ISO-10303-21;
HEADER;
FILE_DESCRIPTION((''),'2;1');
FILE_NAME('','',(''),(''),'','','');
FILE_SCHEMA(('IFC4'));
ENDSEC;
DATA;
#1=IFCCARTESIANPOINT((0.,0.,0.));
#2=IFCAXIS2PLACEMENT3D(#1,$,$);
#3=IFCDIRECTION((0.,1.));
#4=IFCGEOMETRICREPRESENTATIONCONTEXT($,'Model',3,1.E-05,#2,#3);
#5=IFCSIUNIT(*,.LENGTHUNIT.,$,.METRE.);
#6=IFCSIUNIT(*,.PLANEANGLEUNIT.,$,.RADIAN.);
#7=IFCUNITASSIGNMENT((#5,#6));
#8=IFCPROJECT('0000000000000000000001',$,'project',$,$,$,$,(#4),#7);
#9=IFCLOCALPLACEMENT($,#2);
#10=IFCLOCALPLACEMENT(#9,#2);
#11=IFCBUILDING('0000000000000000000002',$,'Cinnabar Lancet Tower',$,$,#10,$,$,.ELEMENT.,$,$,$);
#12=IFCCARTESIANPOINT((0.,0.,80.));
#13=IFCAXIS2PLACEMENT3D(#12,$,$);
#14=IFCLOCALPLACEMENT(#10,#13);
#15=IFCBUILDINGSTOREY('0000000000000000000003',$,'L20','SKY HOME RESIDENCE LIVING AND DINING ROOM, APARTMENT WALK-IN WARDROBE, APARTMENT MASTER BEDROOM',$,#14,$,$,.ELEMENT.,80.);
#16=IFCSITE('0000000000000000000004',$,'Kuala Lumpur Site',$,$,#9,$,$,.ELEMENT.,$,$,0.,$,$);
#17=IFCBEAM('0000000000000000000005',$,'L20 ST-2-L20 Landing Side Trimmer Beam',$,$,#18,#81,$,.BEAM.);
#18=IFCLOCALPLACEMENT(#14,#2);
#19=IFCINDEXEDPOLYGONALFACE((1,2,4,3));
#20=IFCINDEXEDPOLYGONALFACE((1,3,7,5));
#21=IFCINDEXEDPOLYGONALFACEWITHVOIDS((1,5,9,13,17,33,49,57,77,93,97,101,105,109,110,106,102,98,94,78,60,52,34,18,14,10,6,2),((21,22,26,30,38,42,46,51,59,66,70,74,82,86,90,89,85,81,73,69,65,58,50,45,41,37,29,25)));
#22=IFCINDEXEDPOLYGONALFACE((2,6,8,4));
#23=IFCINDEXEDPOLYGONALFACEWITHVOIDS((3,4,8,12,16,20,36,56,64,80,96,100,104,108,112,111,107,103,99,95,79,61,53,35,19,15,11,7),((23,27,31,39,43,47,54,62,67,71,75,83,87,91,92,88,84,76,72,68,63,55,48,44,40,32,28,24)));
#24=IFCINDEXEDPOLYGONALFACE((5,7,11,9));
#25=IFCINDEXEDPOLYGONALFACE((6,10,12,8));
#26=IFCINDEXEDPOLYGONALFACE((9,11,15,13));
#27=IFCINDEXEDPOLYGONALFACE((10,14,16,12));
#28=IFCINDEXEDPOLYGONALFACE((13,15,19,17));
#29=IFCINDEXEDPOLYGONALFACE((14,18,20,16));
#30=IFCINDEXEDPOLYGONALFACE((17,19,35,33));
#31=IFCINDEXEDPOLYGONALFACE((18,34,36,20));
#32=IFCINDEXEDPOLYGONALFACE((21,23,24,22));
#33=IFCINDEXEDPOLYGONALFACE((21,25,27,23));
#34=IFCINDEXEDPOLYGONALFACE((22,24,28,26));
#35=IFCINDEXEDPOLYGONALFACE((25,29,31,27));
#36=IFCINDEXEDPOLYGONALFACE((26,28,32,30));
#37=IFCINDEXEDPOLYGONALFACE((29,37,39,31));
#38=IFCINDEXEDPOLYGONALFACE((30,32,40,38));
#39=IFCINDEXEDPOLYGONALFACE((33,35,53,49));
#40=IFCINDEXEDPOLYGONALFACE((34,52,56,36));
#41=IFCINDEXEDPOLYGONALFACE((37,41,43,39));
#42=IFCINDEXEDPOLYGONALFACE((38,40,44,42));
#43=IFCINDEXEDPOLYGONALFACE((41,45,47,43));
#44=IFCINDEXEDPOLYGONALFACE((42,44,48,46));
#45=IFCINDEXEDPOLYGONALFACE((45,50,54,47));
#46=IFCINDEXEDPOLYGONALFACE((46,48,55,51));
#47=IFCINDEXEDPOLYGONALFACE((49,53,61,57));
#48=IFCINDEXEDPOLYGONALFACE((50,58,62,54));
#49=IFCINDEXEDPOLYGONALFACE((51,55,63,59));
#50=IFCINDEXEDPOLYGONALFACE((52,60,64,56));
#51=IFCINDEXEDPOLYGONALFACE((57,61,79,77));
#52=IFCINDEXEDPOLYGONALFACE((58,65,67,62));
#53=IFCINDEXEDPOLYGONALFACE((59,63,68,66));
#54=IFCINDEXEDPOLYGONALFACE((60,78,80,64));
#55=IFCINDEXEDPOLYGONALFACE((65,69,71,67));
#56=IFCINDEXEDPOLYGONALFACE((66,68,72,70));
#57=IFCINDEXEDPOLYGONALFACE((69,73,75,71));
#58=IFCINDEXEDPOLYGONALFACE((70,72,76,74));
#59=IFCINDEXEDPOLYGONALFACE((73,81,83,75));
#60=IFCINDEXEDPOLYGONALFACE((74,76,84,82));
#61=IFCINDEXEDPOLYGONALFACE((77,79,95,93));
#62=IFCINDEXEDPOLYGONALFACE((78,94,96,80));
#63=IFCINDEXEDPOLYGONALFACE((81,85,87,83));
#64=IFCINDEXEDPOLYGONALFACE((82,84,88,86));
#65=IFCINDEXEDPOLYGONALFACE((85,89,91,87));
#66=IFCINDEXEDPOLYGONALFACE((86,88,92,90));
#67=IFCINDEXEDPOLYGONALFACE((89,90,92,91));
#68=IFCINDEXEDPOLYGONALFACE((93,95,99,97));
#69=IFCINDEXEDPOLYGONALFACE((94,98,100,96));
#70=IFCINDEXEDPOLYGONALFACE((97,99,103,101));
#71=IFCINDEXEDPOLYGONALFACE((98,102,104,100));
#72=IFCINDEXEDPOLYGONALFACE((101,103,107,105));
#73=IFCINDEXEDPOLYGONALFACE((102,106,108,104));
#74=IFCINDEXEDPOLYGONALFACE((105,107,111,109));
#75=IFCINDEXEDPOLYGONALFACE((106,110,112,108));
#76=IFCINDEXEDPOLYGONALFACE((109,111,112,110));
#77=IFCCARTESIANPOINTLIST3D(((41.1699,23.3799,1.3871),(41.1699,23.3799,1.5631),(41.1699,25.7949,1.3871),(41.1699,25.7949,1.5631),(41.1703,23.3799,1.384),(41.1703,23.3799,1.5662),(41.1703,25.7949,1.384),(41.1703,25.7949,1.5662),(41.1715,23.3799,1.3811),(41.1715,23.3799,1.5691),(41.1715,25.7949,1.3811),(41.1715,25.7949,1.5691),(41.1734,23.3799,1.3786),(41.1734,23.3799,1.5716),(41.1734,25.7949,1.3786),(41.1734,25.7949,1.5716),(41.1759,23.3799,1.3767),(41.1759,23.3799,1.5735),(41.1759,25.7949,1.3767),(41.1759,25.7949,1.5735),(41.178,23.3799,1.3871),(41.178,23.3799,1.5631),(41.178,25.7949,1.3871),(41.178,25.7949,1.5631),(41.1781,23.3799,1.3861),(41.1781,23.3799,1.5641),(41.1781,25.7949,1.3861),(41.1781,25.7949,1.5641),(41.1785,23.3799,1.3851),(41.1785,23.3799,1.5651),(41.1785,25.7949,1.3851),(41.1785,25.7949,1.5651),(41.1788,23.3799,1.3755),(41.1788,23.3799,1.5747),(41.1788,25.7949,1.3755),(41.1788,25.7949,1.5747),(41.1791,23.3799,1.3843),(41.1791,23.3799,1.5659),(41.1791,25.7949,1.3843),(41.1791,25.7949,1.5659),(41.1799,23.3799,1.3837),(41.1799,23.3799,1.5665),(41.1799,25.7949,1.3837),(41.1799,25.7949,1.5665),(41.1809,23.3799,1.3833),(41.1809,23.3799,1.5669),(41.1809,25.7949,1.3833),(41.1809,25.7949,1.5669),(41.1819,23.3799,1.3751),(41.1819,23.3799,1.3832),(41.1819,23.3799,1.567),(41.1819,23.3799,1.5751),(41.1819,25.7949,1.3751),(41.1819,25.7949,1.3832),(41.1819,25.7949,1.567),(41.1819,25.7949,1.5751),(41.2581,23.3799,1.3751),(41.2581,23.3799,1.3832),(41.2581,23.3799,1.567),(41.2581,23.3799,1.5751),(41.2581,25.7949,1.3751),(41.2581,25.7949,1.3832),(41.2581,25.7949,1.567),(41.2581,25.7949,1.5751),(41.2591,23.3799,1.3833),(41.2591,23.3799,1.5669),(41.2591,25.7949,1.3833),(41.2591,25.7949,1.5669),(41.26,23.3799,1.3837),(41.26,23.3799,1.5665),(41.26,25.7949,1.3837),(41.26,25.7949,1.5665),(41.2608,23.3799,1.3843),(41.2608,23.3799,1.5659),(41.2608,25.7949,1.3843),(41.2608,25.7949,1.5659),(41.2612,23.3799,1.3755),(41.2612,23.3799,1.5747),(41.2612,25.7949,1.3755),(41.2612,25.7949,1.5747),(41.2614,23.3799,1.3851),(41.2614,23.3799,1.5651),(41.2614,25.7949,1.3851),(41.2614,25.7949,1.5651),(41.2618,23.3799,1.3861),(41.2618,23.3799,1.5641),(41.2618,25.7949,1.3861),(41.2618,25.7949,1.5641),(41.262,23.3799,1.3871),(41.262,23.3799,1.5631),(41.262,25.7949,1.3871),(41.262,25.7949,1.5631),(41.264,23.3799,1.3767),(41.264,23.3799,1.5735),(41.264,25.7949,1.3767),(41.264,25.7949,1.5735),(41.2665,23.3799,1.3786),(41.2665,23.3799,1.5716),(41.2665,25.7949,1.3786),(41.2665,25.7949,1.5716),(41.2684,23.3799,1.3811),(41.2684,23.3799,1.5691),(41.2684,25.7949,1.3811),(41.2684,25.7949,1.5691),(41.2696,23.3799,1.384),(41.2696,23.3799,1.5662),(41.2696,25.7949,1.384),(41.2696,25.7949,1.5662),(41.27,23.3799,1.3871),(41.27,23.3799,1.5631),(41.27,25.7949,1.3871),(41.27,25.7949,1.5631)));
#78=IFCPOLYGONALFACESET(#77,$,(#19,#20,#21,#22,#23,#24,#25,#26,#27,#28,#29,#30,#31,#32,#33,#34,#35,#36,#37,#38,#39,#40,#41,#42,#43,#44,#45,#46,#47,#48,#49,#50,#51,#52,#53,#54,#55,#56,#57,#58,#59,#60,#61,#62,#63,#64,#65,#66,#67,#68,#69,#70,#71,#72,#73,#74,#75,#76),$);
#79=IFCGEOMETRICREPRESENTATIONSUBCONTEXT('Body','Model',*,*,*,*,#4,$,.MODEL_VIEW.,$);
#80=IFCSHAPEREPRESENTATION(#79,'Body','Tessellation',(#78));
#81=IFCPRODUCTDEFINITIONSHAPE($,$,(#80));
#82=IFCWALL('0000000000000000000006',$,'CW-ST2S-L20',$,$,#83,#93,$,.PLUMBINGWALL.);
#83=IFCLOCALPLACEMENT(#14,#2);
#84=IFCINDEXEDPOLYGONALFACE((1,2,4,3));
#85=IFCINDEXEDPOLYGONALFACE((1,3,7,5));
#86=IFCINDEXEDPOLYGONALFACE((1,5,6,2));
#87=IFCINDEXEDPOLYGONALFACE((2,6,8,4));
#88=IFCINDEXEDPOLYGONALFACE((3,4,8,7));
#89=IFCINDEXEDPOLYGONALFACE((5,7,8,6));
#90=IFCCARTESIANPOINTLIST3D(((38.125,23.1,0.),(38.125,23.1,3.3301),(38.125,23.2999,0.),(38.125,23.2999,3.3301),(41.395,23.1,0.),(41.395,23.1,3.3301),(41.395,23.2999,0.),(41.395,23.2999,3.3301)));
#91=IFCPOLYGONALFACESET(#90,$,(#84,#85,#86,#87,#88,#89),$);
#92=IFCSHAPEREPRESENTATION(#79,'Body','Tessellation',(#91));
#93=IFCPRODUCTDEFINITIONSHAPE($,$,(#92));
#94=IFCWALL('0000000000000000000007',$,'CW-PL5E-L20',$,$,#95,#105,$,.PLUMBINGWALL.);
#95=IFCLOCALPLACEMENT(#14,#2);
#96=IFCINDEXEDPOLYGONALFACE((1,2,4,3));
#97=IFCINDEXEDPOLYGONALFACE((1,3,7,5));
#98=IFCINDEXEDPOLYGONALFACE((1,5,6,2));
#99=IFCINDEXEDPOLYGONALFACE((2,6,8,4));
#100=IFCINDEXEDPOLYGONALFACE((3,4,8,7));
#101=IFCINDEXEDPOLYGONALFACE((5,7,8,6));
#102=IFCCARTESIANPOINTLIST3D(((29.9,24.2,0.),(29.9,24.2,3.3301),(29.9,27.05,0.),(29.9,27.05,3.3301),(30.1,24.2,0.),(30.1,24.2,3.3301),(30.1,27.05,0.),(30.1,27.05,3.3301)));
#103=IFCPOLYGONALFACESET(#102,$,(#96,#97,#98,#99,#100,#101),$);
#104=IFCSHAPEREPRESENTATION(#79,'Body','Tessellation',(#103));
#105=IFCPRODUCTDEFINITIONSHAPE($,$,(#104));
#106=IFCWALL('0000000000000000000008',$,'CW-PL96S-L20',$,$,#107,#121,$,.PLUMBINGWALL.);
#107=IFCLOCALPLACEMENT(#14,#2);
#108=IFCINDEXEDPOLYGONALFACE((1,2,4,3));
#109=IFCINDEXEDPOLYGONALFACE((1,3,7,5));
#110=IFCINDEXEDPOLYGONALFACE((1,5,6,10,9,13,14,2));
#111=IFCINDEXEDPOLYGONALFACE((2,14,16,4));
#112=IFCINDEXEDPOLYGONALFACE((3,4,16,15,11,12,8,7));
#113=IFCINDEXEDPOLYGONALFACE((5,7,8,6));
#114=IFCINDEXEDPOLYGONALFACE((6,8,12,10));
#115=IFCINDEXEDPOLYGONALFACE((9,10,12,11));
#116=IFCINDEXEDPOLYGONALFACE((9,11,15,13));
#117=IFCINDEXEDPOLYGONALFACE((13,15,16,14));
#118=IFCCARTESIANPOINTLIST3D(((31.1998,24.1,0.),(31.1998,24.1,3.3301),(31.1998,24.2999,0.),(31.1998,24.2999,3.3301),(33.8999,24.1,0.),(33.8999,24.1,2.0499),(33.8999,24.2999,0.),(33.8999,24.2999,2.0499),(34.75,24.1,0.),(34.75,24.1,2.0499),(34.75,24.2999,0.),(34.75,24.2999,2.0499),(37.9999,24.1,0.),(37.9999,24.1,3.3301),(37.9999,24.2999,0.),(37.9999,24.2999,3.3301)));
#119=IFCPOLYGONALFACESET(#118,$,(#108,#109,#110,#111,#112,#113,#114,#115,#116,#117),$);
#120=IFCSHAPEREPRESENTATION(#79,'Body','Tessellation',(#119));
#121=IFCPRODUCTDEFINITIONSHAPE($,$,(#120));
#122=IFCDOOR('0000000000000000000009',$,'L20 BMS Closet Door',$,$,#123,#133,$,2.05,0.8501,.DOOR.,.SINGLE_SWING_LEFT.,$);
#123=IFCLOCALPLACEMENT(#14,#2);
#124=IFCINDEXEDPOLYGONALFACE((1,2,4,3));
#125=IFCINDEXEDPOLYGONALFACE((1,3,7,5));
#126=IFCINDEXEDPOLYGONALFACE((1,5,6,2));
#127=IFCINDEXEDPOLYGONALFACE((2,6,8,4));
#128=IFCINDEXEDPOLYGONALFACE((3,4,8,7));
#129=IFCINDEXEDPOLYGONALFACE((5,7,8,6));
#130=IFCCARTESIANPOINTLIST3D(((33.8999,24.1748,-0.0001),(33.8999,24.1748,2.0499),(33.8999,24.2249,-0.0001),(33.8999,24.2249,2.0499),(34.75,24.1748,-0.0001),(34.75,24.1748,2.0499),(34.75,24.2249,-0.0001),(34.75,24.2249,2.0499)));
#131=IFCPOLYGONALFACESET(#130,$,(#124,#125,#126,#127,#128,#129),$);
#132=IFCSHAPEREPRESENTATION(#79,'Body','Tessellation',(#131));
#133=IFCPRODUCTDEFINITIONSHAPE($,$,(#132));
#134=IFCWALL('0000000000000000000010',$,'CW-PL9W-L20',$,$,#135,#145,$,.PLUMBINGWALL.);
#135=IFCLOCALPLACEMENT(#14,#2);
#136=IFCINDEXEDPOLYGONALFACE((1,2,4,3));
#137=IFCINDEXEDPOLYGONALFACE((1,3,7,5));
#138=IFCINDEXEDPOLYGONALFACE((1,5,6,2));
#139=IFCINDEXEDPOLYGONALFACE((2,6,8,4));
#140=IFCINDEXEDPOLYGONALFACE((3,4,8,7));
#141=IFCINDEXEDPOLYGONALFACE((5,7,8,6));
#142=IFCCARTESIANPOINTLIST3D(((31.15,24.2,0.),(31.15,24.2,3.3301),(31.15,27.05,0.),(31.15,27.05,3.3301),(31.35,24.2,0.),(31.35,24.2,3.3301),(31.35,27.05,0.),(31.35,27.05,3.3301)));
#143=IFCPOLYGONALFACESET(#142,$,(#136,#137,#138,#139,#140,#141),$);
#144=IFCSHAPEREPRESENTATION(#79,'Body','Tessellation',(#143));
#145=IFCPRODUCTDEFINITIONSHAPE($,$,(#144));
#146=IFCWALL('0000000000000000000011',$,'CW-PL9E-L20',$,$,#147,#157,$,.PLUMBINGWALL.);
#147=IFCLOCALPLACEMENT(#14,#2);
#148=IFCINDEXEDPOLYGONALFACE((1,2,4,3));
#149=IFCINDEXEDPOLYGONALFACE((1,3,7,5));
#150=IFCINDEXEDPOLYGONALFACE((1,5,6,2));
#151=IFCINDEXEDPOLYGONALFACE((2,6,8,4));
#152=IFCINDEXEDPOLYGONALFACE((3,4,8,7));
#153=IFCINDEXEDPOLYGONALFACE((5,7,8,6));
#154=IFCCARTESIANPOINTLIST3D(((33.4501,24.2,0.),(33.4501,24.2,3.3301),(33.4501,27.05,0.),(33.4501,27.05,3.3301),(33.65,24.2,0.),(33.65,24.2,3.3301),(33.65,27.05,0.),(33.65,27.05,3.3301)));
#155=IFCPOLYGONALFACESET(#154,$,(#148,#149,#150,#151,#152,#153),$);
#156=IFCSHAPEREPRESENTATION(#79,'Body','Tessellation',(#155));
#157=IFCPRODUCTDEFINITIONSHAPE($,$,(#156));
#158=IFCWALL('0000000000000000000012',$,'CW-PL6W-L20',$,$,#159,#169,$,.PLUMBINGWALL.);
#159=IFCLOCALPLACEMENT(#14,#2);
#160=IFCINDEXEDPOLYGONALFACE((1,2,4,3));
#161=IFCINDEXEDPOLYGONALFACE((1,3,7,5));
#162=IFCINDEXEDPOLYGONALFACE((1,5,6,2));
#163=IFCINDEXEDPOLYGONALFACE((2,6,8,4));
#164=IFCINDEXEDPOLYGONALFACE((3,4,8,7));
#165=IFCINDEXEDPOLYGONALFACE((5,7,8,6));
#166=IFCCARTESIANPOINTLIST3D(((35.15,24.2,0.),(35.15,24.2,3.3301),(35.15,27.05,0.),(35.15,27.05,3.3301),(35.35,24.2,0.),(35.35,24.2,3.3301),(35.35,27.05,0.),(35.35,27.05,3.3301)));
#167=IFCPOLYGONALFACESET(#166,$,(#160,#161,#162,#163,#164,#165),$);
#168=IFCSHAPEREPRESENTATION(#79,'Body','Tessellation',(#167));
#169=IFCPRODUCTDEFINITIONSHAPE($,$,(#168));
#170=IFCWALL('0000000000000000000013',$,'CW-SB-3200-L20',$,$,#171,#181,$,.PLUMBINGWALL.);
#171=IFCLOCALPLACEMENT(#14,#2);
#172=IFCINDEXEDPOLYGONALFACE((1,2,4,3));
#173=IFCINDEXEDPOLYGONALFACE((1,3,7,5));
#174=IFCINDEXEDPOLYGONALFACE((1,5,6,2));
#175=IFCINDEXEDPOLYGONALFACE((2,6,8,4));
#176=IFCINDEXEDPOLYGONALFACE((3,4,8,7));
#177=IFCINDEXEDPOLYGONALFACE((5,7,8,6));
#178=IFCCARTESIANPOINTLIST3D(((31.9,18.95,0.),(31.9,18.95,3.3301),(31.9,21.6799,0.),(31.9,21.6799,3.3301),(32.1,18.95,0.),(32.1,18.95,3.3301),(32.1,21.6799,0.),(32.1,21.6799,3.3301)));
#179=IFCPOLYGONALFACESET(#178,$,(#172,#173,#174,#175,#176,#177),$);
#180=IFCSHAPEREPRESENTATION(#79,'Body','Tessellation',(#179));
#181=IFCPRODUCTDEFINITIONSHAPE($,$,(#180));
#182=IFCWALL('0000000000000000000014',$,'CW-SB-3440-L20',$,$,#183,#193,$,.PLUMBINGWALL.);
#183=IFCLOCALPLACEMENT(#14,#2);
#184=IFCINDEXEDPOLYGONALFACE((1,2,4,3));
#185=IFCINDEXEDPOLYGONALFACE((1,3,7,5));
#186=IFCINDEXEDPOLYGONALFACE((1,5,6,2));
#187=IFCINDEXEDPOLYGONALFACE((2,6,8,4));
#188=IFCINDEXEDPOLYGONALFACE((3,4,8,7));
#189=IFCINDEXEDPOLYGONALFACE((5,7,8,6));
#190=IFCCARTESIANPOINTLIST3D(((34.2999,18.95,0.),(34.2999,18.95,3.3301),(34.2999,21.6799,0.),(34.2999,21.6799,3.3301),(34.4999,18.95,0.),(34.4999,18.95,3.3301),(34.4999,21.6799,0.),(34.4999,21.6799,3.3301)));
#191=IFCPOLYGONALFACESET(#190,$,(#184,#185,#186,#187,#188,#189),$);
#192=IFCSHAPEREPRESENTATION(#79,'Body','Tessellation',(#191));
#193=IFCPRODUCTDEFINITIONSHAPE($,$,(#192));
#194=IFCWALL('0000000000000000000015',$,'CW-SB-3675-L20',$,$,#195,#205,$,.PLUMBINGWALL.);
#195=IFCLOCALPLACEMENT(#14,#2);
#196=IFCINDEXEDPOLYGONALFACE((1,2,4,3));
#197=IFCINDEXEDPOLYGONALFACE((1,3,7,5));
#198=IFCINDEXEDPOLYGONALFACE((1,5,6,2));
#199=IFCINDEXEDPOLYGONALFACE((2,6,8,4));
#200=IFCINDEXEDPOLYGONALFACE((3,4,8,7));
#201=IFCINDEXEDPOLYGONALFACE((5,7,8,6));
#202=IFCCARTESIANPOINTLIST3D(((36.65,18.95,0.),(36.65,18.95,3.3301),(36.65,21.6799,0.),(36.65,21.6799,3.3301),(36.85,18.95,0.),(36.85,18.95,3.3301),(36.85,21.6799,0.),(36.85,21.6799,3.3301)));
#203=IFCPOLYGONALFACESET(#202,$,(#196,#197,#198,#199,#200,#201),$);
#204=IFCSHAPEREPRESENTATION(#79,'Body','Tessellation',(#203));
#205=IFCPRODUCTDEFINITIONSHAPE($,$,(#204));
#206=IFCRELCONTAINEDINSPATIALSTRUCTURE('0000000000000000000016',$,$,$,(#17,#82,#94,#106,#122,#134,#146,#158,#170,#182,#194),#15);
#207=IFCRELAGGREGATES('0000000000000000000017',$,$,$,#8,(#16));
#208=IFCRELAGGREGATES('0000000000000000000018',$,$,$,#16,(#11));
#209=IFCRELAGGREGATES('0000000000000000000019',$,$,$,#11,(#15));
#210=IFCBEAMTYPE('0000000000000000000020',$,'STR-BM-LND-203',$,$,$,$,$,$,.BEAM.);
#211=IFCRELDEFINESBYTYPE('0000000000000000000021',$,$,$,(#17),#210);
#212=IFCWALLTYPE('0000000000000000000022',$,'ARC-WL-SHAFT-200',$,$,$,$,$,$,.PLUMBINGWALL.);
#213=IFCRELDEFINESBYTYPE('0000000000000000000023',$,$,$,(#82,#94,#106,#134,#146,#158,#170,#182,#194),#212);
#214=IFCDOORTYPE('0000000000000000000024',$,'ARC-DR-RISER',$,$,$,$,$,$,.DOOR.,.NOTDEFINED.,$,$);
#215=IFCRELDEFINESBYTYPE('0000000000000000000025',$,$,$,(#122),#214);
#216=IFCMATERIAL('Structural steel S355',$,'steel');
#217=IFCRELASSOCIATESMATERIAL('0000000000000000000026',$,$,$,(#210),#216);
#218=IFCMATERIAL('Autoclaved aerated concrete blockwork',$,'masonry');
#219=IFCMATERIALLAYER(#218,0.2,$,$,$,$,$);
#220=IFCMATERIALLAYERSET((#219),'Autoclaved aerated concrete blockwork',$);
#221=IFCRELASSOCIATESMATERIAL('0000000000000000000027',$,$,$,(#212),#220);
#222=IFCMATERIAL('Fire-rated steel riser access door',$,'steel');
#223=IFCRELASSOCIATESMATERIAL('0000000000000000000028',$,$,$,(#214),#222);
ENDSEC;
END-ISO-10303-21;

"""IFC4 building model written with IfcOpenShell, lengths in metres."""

from ifc_helpers import new_model, si_unit, direction, frame, frame_2d, origin, origin_2d, place, context, subcontext, project, spatial, rectangle, hollow_rectangle, extrude, material, layer, layer_set, material_profile, profile_set, type_object, element, fill, save


model = new_model("IFC4")

# Units and contexts
model_context = context("Model", 3, precision=1e-05, world=origin(), true_north=direction((0.0, 1.0)))
body_context = subcontext(model_context, "Body", "Model", "MODEL_VIEW")
ifc_project = project(units=[si_unit("LENGTHUNIT", "METRE"), si_unit("PLANEANGLEUNIT", "RADIAN")], contexts=[model_context])

# Site, building, storey
site_placement = place(None, origin())
site = spatial("IfcSite", under=ifc_project, at=site_placement, Name="Kuala Lumpur Site", CompositionType="ELEMENT", RefElevation=0.0)
building_placement = place(site_placement, origin())
building = spatial("IfcBuilding", under=site, at=building_placement, Name="Cinnabar Lancet Tower", CompositionType="ELEMENT")
storey_placement = place(building_placement, frame((0.0, 0.0, 80.0)))
storey = spatial("IfcBuildingStorey", under=building, at=storey_placement, Name="L20", Description="SKY HOME RESIDENCE LIVING AND DINING ROOM, APARTMENT WALK-IN WARDROBE, APARTMENT MASTER BEDROOM", CompositionType="ELEMENT", Elevation=80.0)

# Beam
ifc_material_1 = material(Name="Structural steel S355", Category="steel")
ifc_material_profile_1 = material_profile(ifc_material_1, hollow_rectangle(XDim=0.1001, YDim=0.2, WallThickness=0.0081, InnerFilletRadius=0.0039, OuterFilletRadius=0.012, at=origin_2d()), Name="RHS 200x100x8")
ifc_profile_set_1 = profile_set([ifc_material_profile_1], Name="Structural steel S355")
beam_type = type_object("IfcBeamType", Name="STR-BM-LND-203", PredefinedType="BEAM", material=ifc_profile_set_1)
beam_placement = place(storey_placement, frame((41.22, 23.3799, 1.4751), z_axis=(0.0, 1.0, 0.0), x_axis=(-1.0, 0.0, 0.0)))
element("IfcBeam", 1, at=beam_placement, inside=storey, type_object=beam_type, Name="L20 ST-2-L20 Landing Side Trimmer Beam", PredefinedType="BEAM", context=body_context, shape_type="SweptSolid", body=[
    extrude(hollow_rectangle(XDim=0.1001, YDim=0.2, WallThickness=0.0081, InnerFilletRadius=0.0039, OuterFilletRadius=0.012, at=origin_2d()), origin(), (0.0, 0.0, 1.0), 2.415),
])

# Walls
ifc_material_2 = material(Name="Autoclaved aerated concrete blockwork", Category="masonry")
ifc_layer_1 = layer(ifc_material_2, 0.2)
ifc_layer_set_1 = layer_set([ifc_layer_1], Name="Autoclaved aerated concrete blockwork")
wall_type_1 = type_object("IfcWallType", Name="ARC-WL-SHAFT-200", PredefinedType="PLUMBINGWALL", material=ifc_layer_set_1)
wall_1_placement = place(storey_placement, frame((38.125, 23.2, 0.0), z_axis=(0.0, 0.0, 1.0), x_axis=(1.0, 0.0, 0.0)))
element("IfcWall", 2, at=wall_1_placement, inside=storey, type_object=wall_type_1, Name="CW-ST2S-L20", PredefinedType="PLUMBINGWALL", context=body_context, shape_type="SweptSolid", body=[
    extrude(rectangle(XDim=3.27, YDim=0.2, at=frame_2d((1.635, 0.0))), origin(), (0.0, 0.0, 1.0), 3.3301),
])
wall_2_placement = place(storey_placement, frame((30.0, 24.2, 0.0), z_axis=(0.0, 0.0, 1.0), x_axis=(0.0, 1.0, 0.0)))
element("IfcWall", 3, at=wall_2_placement, inside=storey, type_object=wall_type_1, Name="CW-PL5E-L20", PredefinedType="PLUMBINGWALL", context=body_context, shape_type="SweptSolid", body=[
    extrude(rectangle(XDim=2.8501, YDim=0.2, at=frame_2d((1.425, 0.0))), origin(), (0.0, 0.0, 1.0), 3.3301),
])

# Wall, opening, door
wall_3_placement = place(storey_placement, frame((31.2, 24.2, 0.0), z_axis=(0.0, 0.0, 1.0), x_axis=(1.0, 0.0, 0.0)))
wall_3 = element("IfcWall", 4, at=wall_3_placement, inside=storey, type_object=wall_type_1, Name="CW-PL96S-L20", PredefinedType="PLUMBINGWALL", context=body_context, shape_type="SweptSolid", body=[
    extrude(rectangle(XDim=6.8, YDim=0.2, at=frame_2d((3.3999, 0.0))), origin(), (0.0, 0.0, 1.0), 3.3301),
])
opening_1_placement = place(wall_3_placement, frame((2.7, 0.0, 0.0)))
opening_1 = element("IfcOpeningElement", 5, at=opening_1_placement, cuts=wall_3, PredefinedType="OPENING", context=body_context, shape_type="SweptSolid", body=[
    extrude(rectangle(XDim=0.8501, YDim=2.05, at=frame_2d((0.425, 1.0249))), frame((0.0, 0.1099, 0.0), z_axis=(0.0, -1.0, 0.0), x_axis=(1.0, 0.0, 0.0)), (0.0, 0.0, 1.0), 0.22),
])
ifc_material_3 = material(Name="Fire-rated steel riser access door", Category="steel")
door_type_1 = type_object("IfcDoorType", Name="ARC-DR-RISER", OperationType="NOTDEFINED", PredefinedType="DOOR", material=ifc_material_3)
door_1_placement = place(opening_1_placement, origin())
door_1 = element("IfcDoor", 6, at=door_1_placement, inside=storey, type_object=door_type_1, Name="L20 BMS Closet Door", OperationType="SINGLE_SWING_LEFT", OverallHeight=2.05, OverallWidth=0.8501, PredefinedType="DOOR", context=body_context, shape_type="SweptSolid", body=[
    extrude(rectangle(XDim=0.8501, YDim=2.05, at=frame_2d((0.425, 1.0249))), frame((0.0, 0.0249, 0.0), z_axis=(0.0, -1.0, 0.0), x_axis=(1.0, 0.0, 0.0)), (0.0, 0.0, 1.0), 0.05),
])
fill(opening_1, door_1)

# Walls
for number, where, z_axis, x_axis, name in (
    (7, (31.25, 24.2, 0.0), (0.0, 0.0, 1.0), (0.0, 1.0, 0.0), "CW-PL9W-L20"),
    (8, (33.55, 24.2, 0.0), (0.0, 0.0, 1.0), (0.0, 1.0, 0.0), "CW-PL9E-L20"),
    (9, (35.25, 24.2, 0.0), (0.0, 0.0, 1.0), (0.0, 1.0, 0.0), "CW-PL6W-L20"),
):
    element("IfcWall", number, at=place(storey_placement, frame(where, z_axis=z_axis, x_axis=x_axis)), inside=storey, type_object=wall_type_1, Name=name, PredefinedType="PLUMBINGWALL", context=body_context, shape_type="SweptSolid", body=[
        extrude(rectangle(XDim=2.8501, YDim=0.2, at=frame_2d((1.425, 0.0))), origin(), (0.0, 0.0, 1.0), 3.3301),
    ])
for number, where, z_axis, x_axis, name in (
    (10, (32.0, 18.95, 0.0), (0.0, 0.0, 1.0), (0.0, 1.0, 0.0), "CW-SB-3200-L20"),
    (11, (34.3999, 18.95, 0.0), (0.0, 0.0, 1.0), (0.0, 1.0, 0.0), "CW-SB-3440-L20"),
    (12, (36.75, 18.95, 0.0), (0.0, 0.0, 1.0), (0.0, 1.0, 0.0), "CW-SB-3675-L20"),
):
    element("IfcWall", number, at=place(storey_placement, frame(where, z_axis=z_axis, x_axis=x_axis)), inside=storey, type_object=wall_type_1, Name=name, PredefinedType="PLUMBINGWALL", context=body_context, shape_type="SweptSolid", body=[
        extrude(rectangle(XDim=2.73, YDim=0.2, at=frame_2d((1.365, 0.0))), origin(), (0.0, 0.0, 1.0), 3.3301),
    ])

save(model, "model.ifc")
